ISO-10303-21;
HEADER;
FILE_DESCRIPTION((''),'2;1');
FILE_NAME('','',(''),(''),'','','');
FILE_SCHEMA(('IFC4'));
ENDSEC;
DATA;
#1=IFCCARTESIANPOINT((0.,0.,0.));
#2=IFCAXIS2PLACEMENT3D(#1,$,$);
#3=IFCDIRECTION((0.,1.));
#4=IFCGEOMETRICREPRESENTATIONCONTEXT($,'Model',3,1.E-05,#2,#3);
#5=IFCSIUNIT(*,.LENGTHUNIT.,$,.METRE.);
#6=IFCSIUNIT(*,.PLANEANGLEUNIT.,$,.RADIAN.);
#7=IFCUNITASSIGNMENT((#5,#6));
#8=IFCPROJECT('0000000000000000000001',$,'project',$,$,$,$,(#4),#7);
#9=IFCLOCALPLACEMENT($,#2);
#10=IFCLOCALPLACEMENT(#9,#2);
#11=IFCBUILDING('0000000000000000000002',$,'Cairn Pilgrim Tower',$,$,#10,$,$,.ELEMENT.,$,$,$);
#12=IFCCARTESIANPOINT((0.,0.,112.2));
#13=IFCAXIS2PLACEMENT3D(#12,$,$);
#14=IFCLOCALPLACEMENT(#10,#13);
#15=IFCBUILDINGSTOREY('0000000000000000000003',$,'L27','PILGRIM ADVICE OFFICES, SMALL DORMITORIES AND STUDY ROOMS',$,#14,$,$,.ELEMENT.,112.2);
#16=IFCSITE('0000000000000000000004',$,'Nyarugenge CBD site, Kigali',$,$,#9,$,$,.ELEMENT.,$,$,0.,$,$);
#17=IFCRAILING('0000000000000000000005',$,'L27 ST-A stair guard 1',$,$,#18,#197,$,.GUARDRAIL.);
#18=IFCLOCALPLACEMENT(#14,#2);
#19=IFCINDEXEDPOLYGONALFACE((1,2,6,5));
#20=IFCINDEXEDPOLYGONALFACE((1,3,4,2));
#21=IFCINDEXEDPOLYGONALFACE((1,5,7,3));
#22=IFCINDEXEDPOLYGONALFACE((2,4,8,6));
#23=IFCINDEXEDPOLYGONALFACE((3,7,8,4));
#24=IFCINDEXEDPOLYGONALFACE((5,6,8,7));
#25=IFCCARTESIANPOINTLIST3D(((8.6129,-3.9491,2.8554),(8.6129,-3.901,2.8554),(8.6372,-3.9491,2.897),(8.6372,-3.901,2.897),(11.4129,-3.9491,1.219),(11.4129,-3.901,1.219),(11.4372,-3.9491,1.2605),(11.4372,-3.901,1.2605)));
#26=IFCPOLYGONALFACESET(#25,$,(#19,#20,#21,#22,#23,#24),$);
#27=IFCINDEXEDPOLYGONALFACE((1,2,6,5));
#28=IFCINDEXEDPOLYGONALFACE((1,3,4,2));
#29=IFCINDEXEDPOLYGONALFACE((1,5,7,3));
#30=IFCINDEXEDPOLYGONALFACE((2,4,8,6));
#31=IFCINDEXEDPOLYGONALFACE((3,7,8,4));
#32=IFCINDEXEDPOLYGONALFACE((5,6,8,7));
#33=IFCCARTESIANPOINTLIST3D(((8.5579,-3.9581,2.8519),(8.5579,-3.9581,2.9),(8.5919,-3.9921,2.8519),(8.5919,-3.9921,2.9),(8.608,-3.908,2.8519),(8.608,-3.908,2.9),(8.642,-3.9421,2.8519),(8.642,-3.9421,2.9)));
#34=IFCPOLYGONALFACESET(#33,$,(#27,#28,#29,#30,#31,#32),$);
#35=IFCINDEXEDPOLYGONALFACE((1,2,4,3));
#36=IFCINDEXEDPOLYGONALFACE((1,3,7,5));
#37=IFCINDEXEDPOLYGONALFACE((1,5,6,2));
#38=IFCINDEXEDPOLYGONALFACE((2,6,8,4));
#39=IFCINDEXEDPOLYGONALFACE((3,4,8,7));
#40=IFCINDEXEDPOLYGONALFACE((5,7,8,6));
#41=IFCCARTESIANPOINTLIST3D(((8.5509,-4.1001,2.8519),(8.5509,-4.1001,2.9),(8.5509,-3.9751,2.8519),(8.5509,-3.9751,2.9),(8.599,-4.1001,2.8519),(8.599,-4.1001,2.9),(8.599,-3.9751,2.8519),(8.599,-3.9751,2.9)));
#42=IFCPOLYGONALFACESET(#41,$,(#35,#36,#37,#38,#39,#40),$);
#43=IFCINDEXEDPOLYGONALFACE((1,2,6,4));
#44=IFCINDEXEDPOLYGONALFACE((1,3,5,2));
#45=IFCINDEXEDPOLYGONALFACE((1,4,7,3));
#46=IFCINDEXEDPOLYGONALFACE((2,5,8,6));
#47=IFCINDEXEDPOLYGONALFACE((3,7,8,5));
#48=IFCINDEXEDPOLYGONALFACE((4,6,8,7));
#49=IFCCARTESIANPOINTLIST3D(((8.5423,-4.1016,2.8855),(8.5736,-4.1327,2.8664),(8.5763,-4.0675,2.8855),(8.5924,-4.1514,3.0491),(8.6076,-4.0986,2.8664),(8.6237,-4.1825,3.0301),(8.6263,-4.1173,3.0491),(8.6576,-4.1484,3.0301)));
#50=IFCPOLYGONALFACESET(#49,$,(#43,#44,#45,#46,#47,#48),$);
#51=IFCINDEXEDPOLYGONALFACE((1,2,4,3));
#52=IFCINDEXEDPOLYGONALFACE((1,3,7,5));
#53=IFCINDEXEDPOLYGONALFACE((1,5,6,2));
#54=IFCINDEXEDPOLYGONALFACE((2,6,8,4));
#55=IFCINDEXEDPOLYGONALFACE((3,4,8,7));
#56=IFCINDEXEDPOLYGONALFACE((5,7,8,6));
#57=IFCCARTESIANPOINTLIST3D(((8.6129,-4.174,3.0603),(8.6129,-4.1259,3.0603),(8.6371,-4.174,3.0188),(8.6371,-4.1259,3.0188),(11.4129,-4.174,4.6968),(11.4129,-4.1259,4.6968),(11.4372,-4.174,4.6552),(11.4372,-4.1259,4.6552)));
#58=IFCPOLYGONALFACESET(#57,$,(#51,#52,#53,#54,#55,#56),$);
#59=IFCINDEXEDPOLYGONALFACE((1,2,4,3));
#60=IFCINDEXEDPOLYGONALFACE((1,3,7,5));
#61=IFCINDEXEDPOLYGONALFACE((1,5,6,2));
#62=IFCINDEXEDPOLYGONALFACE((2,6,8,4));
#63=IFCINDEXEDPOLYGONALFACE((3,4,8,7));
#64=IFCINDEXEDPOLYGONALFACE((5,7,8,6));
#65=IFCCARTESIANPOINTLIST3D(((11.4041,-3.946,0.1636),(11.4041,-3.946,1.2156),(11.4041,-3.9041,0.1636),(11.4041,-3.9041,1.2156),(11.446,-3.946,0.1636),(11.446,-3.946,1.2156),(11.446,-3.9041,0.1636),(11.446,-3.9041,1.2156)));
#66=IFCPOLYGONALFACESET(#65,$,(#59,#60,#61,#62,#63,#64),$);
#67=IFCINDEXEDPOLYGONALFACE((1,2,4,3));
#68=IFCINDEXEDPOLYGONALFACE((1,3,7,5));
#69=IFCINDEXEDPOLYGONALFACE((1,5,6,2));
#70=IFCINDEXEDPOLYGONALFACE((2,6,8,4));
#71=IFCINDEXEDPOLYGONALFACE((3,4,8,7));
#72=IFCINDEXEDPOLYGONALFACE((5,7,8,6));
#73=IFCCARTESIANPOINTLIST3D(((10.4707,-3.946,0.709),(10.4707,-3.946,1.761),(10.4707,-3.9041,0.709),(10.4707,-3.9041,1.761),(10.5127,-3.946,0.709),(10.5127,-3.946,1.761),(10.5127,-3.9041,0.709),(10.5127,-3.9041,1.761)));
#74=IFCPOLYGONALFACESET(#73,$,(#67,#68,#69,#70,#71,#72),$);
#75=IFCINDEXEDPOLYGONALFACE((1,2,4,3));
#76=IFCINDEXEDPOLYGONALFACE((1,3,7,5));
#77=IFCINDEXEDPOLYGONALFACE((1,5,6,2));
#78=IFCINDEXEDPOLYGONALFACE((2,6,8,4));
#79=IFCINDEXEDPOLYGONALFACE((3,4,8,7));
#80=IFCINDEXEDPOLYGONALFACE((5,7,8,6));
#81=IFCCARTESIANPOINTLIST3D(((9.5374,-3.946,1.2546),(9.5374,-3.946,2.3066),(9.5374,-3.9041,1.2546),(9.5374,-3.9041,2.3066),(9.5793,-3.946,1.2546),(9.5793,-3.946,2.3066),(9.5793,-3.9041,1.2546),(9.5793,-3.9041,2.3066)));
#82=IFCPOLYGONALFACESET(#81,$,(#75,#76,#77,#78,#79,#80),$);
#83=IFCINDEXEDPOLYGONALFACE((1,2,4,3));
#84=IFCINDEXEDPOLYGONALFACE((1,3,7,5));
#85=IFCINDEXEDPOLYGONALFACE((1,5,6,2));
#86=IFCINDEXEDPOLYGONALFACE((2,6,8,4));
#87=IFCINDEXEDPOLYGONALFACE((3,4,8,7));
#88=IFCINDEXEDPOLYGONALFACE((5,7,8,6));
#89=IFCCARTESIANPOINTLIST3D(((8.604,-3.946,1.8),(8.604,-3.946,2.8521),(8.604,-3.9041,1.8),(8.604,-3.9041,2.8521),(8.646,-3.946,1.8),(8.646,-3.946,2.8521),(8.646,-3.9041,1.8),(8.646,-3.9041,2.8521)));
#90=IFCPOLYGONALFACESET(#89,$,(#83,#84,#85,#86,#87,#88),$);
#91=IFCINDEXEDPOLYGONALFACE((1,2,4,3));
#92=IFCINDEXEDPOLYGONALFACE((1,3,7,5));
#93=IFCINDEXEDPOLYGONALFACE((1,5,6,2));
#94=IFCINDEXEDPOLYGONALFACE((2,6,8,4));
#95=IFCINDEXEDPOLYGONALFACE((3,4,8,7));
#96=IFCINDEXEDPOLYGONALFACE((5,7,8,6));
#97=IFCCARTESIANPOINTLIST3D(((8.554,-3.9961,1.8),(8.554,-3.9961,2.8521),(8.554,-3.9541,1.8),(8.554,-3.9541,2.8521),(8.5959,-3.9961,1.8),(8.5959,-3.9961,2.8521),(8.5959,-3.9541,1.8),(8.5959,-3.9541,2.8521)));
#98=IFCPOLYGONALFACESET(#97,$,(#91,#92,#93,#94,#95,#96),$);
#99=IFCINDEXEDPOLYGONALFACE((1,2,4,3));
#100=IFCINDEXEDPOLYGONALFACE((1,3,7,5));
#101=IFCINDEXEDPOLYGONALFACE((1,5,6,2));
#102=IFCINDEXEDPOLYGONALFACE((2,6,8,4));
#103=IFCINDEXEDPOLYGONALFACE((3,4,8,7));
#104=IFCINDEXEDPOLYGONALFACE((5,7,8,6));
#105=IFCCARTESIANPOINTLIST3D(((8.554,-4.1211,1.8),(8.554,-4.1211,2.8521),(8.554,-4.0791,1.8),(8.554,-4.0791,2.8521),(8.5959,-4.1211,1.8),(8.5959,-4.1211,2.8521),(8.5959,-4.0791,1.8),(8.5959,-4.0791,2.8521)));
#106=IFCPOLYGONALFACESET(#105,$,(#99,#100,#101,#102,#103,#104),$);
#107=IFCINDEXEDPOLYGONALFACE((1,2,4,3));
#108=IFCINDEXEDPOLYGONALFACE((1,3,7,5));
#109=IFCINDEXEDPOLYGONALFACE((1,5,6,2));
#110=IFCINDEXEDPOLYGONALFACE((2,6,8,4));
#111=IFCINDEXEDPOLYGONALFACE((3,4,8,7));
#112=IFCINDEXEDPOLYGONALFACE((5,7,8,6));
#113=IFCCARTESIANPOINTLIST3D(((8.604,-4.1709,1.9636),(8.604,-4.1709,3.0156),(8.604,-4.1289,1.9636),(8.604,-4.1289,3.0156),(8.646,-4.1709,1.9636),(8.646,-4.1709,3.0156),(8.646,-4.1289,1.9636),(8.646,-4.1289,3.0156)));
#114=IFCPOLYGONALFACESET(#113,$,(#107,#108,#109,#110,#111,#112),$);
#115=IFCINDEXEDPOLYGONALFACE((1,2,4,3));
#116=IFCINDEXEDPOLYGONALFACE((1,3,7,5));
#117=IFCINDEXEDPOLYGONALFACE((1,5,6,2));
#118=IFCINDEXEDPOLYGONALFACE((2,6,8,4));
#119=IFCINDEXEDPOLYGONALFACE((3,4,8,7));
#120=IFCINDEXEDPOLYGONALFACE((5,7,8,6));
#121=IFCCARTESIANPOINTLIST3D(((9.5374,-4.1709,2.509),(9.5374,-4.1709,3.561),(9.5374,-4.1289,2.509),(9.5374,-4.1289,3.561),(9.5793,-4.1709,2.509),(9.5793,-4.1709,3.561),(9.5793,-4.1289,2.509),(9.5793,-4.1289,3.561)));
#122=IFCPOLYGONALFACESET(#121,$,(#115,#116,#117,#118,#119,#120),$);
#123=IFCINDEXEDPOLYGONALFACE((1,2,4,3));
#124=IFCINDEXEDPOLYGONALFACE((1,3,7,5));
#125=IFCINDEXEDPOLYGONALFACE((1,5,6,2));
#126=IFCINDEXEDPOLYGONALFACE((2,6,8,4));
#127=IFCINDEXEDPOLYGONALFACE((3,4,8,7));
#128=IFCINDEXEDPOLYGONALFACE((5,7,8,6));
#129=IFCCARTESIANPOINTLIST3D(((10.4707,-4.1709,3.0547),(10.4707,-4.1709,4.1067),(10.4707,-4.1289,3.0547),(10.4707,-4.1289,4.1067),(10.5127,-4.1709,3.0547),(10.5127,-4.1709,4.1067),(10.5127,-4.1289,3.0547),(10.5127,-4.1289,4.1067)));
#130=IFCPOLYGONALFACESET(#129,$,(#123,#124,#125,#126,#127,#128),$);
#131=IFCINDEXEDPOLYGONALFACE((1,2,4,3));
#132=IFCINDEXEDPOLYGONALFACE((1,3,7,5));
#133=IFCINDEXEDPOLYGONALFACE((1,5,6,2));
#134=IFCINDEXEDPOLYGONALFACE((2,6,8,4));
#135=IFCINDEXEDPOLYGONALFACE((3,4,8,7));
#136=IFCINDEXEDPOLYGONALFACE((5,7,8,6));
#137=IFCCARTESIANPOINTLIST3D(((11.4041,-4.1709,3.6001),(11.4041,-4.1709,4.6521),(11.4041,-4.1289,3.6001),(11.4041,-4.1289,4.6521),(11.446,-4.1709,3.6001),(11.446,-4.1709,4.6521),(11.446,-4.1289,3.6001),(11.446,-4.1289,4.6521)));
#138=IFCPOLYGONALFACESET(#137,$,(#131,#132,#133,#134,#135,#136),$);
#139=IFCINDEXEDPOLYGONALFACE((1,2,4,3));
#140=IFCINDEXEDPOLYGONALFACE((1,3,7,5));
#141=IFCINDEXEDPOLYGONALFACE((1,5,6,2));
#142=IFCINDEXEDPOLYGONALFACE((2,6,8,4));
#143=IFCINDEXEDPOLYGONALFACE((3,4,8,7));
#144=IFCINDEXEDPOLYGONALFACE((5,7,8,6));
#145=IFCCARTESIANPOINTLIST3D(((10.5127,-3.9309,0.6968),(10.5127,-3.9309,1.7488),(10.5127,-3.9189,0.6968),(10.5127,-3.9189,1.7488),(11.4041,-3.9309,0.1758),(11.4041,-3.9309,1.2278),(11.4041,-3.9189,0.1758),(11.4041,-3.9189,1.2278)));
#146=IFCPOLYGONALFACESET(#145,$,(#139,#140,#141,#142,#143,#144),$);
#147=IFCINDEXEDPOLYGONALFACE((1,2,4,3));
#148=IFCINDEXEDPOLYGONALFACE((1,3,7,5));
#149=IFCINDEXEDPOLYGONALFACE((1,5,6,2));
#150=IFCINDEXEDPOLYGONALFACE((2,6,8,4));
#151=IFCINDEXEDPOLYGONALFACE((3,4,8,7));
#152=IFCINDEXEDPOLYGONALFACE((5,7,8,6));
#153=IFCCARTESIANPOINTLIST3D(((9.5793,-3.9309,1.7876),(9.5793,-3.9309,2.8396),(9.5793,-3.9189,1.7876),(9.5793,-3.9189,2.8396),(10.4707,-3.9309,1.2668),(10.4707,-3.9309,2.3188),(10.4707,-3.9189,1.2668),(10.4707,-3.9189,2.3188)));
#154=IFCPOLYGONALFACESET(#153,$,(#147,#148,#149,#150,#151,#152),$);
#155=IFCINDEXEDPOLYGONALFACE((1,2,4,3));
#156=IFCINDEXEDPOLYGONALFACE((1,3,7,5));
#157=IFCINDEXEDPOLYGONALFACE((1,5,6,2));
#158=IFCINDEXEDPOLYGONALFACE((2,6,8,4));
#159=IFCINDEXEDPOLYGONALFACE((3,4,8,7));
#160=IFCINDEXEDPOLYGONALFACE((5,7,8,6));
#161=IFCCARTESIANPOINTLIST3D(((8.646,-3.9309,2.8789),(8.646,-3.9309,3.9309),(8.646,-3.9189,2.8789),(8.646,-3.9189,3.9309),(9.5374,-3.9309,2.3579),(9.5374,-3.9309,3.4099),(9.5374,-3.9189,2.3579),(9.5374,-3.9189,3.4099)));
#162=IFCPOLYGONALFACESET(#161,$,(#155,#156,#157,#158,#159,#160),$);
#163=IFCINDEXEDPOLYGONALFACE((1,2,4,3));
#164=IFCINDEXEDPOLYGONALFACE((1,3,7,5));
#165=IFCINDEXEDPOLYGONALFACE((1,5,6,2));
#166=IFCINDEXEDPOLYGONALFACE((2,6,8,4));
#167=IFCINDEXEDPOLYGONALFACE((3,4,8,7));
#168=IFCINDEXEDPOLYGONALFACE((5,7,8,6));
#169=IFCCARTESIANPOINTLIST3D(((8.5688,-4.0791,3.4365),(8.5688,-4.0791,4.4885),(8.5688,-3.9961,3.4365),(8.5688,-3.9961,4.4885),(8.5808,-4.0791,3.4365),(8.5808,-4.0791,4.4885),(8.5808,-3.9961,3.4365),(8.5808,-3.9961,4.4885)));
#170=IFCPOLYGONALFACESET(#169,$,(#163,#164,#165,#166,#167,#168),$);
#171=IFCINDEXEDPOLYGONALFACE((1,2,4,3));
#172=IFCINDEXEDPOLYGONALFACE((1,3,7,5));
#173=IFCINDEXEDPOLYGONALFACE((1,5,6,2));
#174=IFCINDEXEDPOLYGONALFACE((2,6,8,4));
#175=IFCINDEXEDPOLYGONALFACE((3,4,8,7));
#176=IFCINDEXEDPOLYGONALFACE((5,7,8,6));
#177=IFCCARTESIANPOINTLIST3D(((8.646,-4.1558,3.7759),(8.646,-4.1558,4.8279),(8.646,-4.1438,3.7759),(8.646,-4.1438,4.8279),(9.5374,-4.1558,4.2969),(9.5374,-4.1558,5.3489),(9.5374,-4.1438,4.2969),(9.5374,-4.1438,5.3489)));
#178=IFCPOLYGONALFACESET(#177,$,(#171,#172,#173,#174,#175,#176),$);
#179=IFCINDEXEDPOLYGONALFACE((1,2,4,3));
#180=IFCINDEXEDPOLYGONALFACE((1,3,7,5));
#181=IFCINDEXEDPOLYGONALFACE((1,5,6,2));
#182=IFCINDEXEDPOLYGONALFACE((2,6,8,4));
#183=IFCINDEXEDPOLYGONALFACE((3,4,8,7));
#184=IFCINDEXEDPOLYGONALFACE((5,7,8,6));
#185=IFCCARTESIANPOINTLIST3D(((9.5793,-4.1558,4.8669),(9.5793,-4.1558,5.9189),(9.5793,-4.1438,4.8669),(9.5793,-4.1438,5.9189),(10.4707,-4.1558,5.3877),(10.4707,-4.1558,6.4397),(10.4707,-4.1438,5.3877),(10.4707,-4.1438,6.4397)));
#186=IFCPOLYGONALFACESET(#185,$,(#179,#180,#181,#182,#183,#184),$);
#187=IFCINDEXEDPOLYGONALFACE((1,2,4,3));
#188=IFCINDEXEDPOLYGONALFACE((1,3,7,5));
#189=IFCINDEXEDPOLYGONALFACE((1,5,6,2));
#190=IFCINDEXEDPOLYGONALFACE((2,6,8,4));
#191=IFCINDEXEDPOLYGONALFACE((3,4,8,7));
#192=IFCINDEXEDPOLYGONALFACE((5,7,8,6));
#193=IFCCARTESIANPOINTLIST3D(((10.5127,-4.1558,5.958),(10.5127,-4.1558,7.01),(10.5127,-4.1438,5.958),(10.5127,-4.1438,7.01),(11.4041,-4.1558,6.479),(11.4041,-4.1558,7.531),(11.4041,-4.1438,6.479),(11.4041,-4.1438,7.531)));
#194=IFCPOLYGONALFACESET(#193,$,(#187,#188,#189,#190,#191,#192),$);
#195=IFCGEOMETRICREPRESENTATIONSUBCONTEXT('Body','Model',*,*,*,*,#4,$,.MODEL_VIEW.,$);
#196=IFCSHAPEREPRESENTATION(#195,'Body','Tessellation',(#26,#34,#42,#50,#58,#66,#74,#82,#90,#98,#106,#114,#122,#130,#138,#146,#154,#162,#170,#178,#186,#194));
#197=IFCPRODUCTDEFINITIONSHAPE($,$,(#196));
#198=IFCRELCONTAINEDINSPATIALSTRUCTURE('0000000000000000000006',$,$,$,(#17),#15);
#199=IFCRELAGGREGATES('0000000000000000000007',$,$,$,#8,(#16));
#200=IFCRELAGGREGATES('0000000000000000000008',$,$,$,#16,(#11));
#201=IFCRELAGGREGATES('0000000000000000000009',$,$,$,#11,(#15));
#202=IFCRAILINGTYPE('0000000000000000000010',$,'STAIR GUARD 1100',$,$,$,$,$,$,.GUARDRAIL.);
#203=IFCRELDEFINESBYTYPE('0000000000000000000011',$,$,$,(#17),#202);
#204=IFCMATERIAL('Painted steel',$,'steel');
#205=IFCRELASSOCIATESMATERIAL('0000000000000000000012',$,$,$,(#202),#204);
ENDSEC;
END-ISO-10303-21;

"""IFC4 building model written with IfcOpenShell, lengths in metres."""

from ifc_helpers import new_model, si_unit, direction, frame, origin, origin_2d, place, context, subcontext, project, spatial, polyline, rectangle, outline, extrude, material, type_object, element, save


model = new_model("IFC4")

# Units and contexts
model_context = context("Model", 3, precision=1e-05, world=origin(), true_north=direction((0.0, 1.0)))
body_context = subcontext(model_context, "Body", "Model", "MODEL_VIEW")
ifc_project = project(units=[si_unit("LENGTHUNIT", "METRE"), si_unit("PLANEANGLEUNIT", "RADIAN")], contexts=[model_context])

# Site, building, storey
site_placement = place(None, origin())
site = spatial("IfcSite", under=ifc_project, at=site_placement, Name="Nyarugenge CBD site, Kigali", CompositionType="ELEMENT", RefElevation=0.0)
building_placement = place(site_placement, origin())
building = spatial("IfcBuilding", under=site, at=building_placement, Name="Cairn Pilgrim Tower", CompositionType="ELEMENT")
storey_placement = place(building_placement, frame((0.0, 0.0, 112.2)))
storey = spatial("IfcBuildingStorey", under=building, at=storey_placement, Name="L27", Description="PILGRIM ADVICE OFFICES, SMALL DORMITORIES AND STUDY ROOMS", CompositionType="ELEMENT", Elevation=112.2)

# Shared definitions
ifc_material_1 = material(Name="Painted steel", Category="steel")

# Railing
railing_type_1 = type_object("IfcRailingType", Name="STAIR GUARD 1100", PredefinedType="GUARDRAIL", material=ifc_material_1)
railing_1_placement = place(storey_placement, frame((11.425, -3.925, 0.1636)))
element("IfcRailing", 1, at=railing_1_placement, inside=storey, type_object=railing_type_1, Name="L27 ST-A stair guard 1", PredefinedType="GUARDRAIL", context=body_context, shape_type="SweptSolid", body=[
    extrude(rectangle(XDim=0.0481, YDim=0.0481, at=origin_2d()), frame((0.0, 0.0, 1.0762), z_axis=(-0.863361, 0.0, 0.504587), x_axis=(0.0, -1.0, 0.0)), (0.0, 0.0, 1.0), 3.2432),
    extrude(rectangle(XDim=0.0481, YDim=0.0481, at=origin_2d()), frame((-2.8, 0.0, 2.7124), z_axis=(-0.707107, -0.707107, 0.0), x_axis=(0.707107, -0.707107, 0.0)), (0.0, 0.0, 1.0), 0.0708),
    extrude(rectangle(XDim=0.0481, YDim=0.0481, at=origin_2d()), frame((-2.8501, -0.05, 2.7124), z_axis=(0.0, -1.0, 0.0), x_axis=(1.0, 0.0, 0.0)), (0.0, 0.0, 1.0), 0.125),
    extrude(rectangle(XDim=0.0481, YDim=0.0481, at=origin_2d()), frame((-2.8501, -0.175, 2.7124), z_axis=(0.280917, -0.279546, 0.918118), x_axis=(0.705376, 0.708834, 0.0)), (0.0, 0.0, 1.0), 0.1782),
    extrude(rectangle(XDim=0.0481, YDim=0.0481, at=origin_2d()), frame((-2.8, -0.2249, 2.876), z_axis=(0.863361, 0.0, 0.504587), x_axis=(0.0, 1.0, 0.0)), (0.0, 0.0, 1.0), 3.2432),
    extrude(rectangle(XDim=0.042, YDim=0.042, at=origin_2d()), origin(), (0.0, 0.0, 1.0), 1.052),
    extrude(rectangle(XDim=0.042, YDim=0.042, at=origin_2d()), frame((-0.9333, 0.0, 0.5454)), (0.0, 0.0, 1.0), 1.052),
    extrude(rectangle(XDim=0.042, YDim=0.042, at=origin_2d()), frame((-1.8667, 0.0, 1.0911)), (0.0, 0.0, 1.0), 1.052),
    extrude(rectangle(XDim=0.042, YDim=0.042, at=origin_2d()), frame((-2.8, 0.0, 1.6365)), (0.0, 0.0, 1.0), 1.052),
    extrude(rectangle(XDim=0.042, YDim=0.042, at=origin_2d()), frame((-2.8501, -0.05, 1.6365)), (0.0, 0.0, 1.0), 1.052),
    extrude(rectangle(XDim=0.042, YDim=0.042, at=origin_2d()), frame((-2.8501, -0.175, 1.6365)), (0.0, 0.0, 1.0), 1.052),
    extrude(rectangle(XDim=0.042, YDim=0.042, at=origin_2d()), frame((-2.8, -0.2249, 1.8)), (0.0, 0.0, 1.0), 1.052),
    extrude(rectangle(XDim=0.042, YDim=0.042, at=origin_2d()), frame((-1.8667, -0.2249, 2.3455)), (0.0, 0.0, 1.0), 1.052),
    extrude(rectangle(XDim=0.042, YDim=0.042, at=origin_2d()), frame((-0.9333, -0.2249, 2.8911)), (0.0, 0.0, 1.0), 1.052),
    extrude(rectangle(XDim=0.042, YDim=0.042, at=origin_2d()), frame((0.0, -0.2249, 3.4365)), (0.0, 0.0, 1.0), 1.052),
    extrude(outline(polyline([(0.021, 0.0122), (0.9124, 0.5332), (0.9124, 1.5852), (0.021, 1.0642), (0.021, 0.0122)])), frame((0.0, -0.0059, 0.0), z_axis=(0.0, 1.0, 0.0), x_axis=(-1.0, 0.0, 0.0)), (0.0, 0.0, 1.0), 0.012),
    extrude(outline(polyline([(0.021, 0.5579), (0.9124, 1.0786), (0.9124, 2.1306), (0.021, 1.6099), (0.021, 0.5579)])), frame((-0.9333, -0.0059, 0.5454), z_axis=(0.0, 1.0, 0.0), x_axis=(-1.0, 0.0, 0.0)), (0.0, 0.0, 1.0), 0.012),
    extrude(outline(polyline([(0.021, 1.1033), (0.9124, 1.6243), (0.9124, 2.6763), (0.021, 2.1553), (0.021, 1.1033)])), frame((-1.8667, -0.0059, 1.0911), z_axis=(0.0, 1.0, 0.0), x_axis=(-1.0, 0.0, 0.0)), (0.0, 0.0, 1.0), 0.012),
    extrude(outline(polyline([(0.021, 1.6365), (0.104, 1.6365), (0.104, 2.6885), (0.021, 2.6885), (0.021, 1.6365)])), frame((-2.8442, -0.05, 1.6365), z_axis=(-1.0, 0.0, 0.0), x_axis=(0.0, -1.0, 0.0)), (0.0, 0.0, 1.0), 0.012),
    extrude(outline(polyline([(0.021, 1.8123), (0.9124, 2.3333), (0.9124, 3.3853), (0.021, 2.8643), (0.021, 1.8123)])), frame((-2.8, -0.2188, 1.8), z_axis=(0.0, -1.0, 0.0), x_axis=(1.0, 0.0, 0.0)), (0.0, 0.0, 1.0), 0.012),
    extrude(outline(polyline([(0.021, 2.3579), (0.9124, 2.8787), (0.9124, 3.9307), (0.021, 3.4099), (0.021, 2.3579)])), frame((-1.8667, -0.2188, 2.3455), z_axis=(0.0, -1.0, 0.0), x_axis=(1.0, 0.0, 0.0)), (0.0, 0.0, 1.0), 0.012),
    extrude(outline(polyline([(0.021, 2.9033), (0.9124, 3.4243), (0.9124, 4.4763), (0.021, 3.9553), (0.021, 2.9033)])), frame((-0.9333, -0.2188, 2.8911), z_axis=(0.0, -1.0, 0.0), x_axis=(1.0, 0.0, 0.0)), (0.0, 0.0, 1.0), 0.012),
])

save(model, "model.ifc")
